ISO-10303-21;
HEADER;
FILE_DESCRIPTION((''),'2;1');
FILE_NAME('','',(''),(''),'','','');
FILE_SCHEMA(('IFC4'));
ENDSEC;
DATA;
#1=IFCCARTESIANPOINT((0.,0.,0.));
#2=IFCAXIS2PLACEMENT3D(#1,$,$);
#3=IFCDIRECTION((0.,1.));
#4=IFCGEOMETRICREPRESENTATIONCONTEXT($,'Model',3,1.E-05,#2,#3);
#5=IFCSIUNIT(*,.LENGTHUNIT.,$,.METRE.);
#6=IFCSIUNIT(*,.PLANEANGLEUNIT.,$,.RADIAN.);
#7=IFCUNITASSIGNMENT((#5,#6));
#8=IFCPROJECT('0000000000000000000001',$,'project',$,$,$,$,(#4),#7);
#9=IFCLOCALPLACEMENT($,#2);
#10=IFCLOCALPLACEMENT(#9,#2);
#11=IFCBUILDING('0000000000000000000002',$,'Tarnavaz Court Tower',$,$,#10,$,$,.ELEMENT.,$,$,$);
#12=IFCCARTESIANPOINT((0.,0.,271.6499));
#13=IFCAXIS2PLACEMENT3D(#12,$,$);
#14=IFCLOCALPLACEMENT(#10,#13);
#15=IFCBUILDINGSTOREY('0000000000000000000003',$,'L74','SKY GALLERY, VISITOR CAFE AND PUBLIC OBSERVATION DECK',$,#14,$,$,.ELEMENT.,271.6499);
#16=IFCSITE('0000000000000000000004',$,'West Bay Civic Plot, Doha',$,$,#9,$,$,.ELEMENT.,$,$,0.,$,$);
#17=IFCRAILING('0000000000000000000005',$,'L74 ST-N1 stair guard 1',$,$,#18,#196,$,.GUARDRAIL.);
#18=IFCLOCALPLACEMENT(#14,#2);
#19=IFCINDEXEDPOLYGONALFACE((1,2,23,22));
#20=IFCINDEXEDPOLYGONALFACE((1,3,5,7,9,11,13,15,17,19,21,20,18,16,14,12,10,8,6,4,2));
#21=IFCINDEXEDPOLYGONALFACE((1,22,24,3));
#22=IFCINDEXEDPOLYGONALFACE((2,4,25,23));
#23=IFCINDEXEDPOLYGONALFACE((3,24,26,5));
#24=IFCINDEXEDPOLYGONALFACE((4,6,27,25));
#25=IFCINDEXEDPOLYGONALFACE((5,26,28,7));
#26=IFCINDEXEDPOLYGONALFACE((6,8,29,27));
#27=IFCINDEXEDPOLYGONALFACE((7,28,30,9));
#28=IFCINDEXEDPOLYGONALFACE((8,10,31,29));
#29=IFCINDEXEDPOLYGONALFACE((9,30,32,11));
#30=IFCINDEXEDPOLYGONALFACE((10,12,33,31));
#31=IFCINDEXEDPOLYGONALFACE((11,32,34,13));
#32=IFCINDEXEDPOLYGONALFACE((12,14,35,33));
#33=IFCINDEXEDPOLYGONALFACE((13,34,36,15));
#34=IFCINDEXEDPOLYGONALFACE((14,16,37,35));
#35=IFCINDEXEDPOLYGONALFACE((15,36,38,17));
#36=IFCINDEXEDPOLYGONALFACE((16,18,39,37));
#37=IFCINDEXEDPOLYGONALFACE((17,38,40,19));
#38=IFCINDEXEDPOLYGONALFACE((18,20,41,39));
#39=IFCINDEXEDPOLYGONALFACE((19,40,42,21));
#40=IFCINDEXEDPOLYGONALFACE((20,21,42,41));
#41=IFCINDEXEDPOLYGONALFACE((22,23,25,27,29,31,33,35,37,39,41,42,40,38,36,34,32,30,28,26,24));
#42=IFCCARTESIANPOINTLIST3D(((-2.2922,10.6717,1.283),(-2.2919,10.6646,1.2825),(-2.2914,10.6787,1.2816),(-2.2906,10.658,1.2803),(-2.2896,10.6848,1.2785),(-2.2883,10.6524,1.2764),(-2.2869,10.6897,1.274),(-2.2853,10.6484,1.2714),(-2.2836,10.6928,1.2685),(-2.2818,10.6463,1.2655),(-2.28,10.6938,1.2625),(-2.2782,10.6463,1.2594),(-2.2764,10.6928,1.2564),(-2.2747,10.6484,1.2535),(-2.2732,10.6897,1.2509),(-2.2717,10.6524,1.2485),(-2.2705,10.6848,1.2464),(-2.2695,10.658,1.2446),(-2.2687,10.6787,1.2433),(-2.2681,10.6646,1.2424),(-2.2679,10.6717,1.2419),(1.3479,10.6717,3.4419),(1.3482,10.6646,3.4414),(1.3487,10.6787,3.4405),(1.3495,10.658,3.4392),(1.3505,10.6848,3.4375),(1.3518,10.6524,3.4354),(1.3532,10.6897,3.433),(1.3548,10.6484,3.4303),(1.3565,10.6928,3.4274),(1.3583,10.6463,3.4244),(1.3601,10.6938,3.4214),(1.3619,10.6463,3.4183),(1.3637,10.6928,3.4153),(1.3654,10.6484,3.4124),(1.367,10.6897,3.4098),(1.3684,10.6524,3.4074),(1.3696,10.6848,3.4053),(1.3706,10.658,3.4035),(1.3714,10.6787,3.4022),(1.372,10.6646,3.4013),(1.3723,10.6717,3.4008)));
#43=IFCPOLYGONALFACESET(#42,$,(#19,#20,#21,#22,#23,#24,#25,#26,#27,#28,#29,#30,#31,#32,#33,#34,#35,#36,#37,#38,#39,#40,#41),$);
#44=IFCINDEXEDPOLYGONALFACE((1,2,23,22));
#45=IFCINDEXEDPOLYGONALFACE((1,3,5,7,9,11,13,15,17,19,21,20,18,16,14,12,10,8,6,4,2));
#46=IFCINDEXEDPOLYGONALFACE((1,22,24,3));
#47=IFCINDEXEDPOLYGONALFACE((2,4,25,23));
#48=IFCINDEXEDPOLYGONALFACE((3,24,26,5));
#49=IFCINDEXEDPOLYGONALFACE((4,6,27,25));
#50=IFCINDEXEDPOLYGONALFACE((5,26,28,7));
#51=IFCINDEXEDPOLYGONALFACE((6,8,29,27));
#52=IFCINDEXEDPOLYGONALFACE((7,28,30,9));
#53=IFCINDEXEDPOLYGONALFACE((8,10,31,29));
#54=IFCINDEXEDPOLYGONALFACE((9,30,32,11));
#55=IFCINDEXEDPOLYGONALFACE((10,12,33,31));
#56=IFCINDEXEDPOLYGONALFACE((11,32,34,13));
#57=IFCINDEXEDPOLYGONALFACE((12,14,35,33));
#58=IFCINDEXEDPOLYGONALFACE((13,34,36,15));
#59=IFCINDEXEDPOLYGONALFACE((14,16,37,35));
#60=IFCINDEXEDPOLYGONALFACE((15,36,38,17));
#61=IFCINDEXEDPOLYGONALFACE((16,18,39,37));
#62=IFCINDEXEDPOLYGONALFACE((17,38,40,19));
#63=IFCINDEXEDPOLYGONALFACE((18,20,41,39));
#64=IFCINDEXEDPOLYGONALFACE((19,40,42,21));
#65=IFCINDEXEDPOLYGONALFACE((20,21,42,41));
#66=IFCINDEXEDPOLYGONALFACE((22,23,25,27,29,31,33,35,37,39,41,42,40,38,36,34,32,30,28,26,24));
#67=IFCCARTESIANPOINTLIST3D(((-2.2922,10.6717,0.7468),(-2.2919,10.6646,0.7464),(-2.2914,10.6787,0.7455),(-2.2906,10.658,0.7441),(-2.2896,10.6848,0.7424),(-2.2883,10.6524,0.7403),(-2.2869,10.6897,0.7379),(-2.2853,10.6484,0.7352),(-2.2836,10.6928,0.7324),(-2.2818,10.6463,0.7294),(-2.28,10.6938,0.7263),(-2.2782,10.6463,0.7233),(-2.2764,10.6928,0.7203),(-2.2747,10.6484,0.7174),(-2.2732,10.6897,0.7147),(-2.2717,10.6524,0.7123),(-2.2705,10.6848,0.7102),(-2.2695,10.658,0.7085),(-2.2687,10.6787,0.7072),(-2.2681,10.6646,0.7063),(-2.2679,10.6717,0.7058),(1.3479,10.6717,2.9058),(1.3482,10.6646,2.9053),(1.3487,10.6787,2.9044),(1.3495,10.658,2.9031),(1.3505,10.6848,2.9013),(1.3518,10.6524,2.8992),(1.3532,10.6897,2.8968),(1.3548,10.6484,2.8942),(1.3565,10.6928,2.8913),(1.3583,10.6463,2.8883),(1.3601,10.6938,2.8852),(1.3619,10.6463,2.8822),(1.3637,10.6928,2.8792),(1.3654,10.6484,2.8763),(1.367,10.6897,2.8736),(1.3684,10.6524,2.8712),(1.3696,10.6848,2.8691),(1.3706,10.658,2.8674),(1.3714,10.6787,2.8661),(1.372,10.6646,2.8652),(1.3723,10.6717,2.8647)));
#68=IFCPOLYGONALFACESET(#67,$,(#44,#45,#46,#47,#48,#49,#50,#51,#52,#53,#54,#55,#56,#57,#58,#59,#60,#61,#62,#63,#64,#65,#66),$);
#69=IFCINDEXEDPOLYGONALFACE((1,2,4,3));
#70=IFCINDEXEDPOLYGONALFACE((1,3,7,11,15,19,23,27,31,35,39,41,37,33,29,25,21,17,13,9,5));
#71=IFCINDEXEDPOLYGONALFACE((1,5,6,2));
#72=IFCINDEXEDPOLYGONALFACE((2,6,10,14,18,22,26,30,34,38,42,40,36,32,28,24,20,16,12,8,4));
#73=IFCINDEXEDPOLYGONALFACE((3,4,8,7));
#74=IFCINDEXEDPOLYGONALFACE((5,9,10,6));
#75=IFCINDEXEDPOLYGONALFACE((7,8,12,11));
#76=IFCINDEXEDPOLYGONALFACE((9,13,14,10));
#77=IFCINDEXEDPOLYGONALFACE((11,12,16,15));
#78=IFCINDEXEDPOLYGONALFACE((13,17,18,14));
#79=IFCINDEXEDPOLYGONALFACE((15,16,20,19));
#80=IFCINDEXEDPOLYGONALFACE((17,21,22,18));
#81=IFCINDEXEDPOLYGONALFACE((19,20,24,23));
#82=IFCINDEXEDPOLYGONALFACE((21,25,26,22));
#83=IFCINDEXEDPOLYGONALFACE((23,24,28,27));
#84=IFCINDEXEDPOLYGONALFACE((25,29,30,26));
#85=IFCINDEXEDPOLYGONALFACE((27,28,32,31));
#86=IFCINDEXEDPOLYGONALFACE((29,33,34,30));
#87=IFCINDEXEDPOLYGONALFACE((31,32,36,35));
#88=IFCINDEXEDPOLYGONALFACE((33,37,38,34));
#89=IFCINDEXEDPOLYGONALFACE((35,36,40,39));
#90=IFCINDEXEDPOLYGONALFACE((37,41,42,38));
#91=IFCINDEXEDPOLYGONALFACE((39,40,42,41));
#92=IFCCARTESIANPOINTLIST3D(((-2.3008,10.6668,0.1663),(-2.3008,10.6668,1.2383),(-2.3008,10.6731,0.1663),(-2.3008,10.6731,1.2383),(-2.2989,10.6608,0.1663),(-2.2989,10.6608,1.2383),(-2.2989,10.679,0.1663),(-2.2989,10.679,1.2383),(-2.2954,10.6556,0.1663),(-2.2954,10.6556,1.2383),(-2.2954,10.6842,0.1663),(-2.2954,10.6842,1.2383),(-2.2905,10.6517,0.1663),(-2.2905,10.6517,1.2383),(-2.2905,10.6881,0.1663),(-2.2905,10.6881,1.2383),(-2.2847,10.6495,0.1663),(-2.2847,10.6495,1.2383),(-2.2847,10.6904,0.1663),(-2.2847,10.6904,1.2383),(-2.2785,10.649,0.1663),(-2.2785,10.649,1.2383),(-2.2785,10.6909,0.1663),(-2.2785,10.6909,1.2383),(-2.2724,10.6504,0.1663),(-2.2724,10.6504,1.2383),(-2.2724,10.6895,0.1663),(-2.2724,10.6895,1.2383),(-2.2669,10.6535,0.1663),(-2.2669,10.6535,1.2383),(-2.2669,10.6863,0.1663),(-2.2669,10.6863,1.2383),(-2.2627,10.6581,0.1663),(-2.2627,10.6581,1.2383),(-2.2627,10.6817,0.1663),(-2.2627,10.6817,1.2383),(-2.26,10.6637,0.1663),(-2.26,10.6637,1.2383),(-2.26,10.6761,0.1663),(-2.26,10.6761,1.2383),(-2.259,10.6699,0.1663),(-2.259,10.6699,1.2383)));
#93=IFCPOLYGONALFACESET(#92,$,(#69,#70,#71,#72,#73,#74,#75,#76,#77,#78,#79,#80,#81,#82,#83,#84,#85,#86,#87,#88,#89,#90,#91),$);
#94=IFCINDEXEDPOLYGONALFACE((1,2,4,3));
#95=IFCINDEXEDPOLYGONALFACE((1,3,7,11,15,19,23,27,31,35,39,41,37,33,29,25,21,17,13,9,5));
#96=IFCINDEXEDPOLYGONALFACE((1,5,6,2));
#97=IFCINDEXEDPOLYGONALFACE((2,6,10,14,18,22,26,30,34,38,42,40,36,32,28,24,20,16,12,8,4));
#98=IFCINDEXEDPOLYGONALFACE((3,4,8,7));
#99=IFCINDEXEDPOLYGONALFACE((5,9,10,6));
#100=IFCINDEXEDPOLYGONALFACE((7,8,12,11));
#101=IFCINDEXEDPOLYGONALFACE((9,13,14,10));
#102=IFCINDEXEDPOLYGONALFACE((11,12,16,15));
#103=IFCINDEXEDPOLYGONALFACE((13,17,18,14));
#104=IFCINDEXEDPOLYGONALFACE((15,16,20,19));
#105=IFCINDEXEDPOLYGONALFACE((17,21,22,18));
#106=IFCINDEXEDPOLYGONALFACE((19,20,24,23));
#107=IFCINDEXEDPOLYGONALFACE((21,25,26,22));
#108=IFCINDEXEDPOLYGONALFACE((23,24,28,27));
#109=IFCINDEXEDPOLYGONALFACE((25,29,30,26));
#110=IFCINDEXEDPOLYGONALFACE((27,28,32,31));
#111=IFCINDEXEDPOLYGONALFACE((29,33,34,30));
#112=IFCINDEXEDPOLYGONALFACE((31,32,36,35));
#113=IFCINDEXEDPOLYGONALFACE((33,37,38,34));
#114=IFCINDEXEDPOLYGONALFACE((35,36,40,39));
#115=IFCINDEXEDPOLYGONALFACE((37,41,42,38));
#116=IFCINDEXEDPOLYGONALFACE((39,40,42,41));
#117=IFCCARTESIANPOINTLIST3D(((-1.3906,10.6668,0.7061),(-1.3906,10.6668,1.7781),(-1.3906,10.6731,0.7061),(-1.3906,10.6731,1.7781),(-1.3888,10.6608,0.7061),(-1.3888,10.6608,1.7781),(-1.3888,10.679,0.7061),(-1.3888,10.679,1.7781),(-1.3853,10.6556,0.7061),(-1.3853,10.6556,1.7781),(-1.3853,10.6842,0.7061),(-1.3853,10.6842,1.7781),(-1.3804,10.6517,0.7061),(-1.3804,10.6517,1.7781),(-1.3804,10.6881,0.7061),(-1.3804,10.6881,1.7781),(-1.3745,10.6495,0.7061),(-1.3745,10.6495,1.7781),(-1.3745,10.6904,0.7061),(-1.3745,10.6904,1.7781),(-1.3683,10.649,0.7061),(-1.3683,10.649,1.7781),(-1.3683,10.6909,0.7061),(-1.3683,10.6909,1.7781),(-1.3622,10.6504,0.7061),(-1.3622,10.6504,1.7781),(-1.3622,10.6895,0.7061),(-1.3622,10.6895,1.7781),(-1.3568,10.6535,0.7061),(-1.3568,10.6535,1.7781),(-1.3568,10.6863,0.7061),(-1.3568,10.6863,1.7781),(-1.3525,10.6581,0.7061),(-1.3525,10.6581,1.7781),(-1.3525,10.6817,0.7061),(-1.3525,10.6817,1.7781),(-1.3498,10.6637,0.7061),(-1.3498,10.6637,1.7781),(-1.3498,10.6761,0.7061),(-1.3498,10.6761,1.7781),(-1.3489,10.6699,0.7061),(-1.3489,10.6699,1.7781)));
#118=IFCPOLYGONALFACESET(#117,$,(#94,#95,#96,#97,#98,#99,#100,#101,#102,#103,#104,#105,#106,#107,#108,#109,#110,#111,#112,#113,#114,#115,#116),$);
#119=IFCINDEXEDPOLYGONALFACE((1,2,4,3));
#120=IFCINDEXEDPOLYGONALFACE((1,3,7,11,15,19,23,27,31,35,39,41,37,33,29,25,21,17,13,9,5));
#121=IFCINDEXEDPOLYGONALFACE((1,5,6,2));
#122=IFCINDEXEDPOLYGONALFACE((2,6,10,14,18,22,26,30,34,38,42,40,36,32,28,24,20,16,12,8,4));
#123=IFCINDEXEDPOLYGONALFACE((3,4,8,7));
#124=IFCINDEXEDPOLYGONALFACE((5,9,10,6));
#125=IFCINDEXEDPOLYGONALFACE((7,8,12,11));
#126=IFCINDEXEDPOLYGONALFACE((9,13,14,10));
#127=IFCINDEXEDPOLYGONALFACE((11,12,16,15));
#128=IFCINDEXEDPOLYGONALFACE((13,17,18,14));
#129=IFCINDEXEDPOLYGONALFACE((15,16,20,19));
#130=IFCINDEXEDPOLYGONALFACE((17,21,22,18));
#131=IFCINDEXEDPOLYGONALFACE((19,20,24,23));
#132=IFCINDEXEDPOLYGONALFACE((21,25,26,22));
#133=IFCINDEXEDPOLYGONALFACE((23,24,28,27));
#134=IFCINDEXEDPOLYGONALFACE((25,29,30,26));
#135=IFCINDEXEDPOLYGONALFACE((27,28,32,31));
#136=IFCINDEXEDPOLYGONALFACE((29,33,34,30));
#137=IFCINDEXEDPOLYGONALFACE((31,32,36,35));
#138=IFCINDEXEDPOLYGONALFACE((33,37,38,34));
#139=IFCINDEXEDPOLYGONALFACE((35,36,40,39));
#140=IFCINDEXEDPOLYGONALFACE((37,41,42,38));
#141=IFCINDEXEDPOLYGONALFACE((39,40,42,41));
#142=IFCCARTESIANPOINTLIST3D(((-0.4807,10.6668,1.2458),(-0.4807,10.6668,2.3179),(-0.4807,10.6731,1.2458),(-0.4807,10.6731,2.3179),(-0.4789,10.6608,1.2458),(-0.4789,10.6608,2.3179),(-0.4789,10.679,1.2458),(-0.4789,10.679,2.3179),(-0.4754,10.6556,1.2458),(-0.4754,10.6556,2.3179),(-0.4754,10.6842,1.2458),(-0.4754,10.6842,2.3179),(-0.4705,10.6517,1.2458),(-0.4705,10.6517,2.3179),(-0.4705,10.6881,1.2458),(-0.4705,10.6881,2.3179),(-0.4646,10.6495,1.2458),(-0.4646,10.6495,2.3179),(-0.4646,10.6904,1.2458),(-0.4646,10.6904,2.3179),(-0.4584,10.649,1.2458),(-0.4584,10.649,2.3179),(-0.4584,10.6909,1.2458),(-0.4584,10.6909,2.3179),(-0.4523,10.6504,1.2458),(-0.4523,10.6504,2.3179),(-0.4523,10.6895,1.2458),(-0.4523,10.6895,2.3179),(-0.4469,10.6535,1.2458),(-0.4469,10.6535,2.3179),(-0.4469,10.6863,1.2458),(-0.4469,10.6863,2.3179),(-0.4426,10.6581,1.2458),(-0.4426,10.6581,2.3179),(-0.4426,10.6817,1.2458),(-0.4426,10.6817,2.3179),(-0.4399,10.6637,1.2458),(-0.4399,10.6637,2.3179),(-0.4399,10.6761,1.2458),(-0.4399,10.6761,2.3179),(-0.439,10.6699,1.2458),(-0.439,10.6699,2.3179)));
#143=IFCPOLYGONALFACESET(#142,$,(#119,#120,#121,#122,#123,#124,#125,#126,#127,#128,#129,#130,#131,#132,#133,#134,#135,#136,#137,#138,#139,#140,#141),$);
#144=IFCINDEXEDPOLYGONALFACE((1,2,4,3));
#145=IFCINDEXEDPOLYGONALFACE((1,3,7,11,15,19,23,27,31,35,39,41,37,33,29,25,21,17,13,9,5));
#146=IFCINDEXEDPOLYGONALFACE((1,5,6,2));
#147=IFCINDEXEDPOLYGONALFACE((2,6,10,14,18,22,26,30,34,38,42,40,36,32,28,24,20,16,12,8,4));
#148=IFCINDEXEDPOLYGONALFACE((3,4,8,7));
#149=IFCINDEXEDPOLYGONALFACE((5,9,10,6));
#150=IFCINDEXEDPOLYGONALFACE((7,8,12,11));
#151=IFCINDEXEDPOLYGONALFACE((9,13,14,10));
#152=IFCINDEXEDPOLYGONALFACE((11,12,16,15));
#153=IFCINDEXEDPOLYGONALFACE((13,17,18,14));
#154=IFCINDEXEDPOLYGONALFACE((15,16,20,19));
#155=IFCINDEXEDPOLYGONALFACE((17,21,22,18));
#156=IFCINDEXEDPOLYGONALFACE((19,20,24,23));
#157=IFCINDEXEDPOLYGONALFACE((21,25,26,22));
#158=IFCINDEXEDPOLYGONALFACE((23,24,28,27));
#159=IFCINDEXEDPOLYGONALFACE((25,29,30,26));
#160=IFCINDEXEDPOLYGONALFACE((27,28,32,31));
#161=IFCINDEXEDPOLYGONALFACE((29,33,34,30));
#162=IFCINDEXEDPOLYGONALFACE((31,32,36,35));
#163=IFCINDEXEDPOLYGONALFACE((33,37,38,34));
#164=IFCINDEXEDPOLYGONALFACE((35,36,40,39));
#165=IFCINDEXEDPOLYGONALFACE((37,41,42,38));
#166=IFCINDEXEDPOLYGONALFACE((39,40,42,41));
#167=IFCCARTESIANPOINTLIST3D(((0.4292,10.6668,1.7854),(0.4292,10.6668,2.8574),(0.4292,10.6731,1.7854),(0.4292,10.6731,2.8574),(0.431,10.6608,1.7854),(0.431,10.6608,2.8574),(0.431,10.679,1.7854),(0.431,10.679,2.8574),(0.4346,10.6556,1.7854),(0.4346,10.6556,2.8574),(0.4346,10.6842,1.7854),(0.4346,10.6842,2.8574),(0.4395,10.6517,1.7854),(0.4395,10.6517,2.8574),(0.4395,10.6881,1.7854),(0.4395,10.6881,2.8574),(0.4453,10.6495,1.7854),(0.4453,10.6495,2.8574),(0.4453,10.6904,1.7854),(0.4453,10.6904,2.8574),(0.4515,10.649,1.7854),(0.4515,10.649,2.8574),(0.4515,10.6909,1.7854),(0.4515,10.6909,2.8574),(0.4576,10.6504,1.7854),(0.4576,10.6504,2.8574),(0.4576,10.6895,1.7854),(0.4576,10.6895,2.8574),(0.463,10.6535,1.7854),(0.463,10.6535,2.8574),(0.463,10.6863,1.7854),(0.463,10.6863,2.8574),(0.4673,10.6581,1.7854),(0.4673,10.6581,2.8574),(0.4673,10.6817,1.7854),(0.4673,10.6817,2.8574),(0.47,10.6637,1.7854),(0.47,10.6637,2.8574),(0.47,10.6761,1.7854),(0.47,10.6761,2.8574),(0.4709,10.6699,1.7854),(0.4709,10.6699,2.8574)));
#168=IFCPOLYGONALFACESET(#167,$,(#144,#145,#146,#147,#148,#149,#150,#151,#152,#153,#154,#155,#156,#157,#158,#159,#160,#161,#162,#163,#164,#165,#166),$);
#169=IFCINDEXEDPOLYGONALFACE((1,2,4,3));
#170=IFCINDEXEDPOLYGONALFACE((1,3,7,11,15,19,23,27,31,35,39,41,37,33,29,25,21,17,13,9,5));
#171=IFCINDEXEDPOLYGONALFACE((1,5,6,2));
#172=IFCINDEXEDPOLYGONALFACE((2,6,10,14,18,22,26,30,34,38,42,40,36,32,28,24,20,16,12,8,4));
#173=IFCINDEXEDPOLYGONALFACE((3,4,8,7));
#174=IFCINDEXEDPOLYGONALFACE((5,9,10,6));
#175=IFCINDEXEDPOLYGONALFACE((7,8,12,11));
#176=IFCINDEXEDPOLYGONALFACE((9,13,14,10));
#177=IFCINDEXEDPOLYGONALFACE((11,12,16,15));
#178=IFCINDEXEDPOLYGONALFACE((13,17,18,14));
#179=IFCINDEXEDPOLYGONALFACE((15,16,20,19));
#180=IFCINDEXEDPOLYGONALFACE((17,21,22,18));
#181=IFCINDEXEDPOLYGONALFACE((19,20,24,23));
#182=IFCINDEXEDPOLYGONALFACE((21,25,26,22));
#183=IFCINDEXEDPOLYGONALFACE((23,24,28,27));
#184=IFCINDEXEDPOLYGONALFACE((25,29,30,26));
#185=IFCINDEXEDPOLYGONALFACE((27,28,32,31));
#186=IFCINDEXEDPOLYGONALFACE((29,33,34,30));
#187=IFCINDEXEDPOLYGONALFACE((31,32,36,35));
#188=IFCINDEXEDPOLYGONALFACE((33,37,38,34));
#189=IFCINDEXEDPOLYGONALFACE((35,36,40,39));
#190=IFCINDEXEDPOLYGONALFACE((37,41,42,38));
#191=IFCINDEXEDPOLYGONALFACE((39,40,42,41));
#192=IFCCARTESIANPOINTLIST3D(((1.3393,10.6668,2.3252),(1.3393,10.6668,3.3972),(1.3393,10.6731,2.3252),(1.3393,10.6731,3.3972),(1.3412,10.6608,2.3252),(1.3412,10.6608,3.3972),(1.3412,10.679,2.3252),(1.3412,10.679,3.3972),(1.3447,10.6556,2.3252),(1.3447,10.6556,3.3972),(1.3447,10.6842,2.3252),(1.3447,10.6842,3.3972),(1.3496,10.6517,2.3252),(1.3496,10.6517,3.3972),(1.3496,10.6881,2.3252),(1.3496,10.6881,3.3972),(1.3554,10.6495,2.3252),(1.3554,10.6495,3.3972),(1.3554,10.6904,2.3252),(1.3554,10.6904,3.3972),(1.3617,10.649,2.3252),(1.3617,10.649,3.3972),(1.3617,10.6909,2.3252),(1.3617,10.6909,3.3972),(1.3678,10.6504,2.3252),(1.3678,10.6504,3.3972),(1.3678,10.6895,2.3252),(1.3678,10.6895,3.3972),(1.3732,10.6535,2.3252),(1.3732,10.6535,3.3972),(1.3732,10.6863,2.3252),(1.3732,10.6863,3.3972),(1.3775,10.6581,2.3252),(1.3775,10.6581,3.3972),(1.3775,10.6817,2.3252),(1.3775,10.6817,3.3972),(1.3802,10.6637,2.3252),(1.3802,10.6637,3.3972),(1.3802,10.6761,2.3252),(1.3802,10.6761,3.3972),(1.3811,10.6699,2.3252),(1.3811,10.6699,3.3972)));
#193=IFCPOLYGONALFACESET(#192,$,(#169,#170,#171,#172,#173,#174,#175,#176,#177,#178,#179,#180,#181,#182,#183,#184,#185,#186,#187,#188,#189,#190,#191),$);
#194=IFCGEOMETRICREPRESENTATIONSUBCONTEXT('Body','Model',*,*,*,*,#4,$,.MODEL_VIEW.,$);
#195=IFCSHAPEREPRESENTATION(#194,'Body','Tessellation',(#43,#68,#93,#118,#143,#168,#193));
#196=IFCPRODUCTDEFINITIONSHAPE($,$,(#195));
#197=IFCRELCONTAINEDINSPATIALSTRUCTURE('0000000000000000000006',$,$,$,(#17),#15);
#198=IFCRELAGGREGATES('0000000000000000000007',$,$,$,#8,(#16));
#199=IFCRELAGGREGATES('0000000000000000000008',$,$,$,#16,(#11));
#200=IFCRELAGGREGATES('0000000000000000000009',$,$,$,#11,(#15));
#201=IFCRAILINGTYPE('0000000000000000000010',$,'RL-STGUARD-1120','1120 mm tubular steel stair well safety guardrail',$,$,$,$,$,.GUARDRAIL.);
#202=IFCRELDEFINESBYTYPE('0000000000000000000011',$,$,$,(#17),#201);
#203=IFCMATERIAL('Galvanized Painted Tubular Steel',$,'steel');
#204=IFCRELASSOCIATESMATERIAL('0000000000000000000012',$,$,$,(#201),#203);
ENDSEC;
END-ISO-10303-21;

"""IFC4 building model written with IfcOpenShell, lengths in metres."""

from ifc_helpers import new_model, si_unit, direction, frame, origin, origin_2d, place, context, subcontext, project, spatial, circle, extrude, material, type_object, element, save


model = new_model("IFC4")

# Units and contexts
model_context = context("Model", 3, precision=1e-05, world=origin(), true_north=direction((0.0, 1.0)))
body_context = subcontext(model_context, "Body", "Model", "MODEL_VIEW")
ifc_project = project(units=[si_unit("LENGTHUNIT", "METRE"), si_unit("PLANEANGLEUNIT", "RADIAN")], contexts=[model_context])

# Site, building, storey
site_placement = place(None, origin())
site = spatial("IfcSite", under=ifc_project, at=site_placement, Name="West Bay Civic Plot, Doha", CompositionType="ELEMENT", RefElevation=0.0)
building_placement = place(site_placement, origin())
building = spatial("IfcBuilding", under=site, at=building_placement, Name="Tarnavaz Court Tower", CompositionType="ELEMENT")
storey_placement = place(building_placement, frame((0.0, 0.0, 271.6499)))
storey = spatial("IfcBuildingStorey", under=building, at=storey_placement, Name="L74", Description="SKY GALLERY, VISITOR CAFE AND PUBLIC OBSERVATION DECK", CompositionType="ELEMENT", Elevation=271.6499)

# Railing
ifc_material_1 = material(Name="Galvanized Painted Tubular Steel", Category="steel")
railing_type_1 = type_object("IfcRailingType", Name="RL-STGUARD-1120", Description="1120 mm tubular steel stair well safety guardrail", PredefinedType="GUARDRAIL", material=ifc_material_1)
railing_1_placement = place(storey_placement, frame((-2.28, 10.6699, 0.1663)))
element("IfcRailing", 1, at=railing_1_placement, inside=storey, type_object=railing_type_1, Name="L74 ST-N1 stair guard 1", PredefinedType="GUARDRAIL", context=body_context, shape_type="SweptSolid", body=[
    extrude(circle(Radius=0.0239, at=origin_2d()), frame((0.0, 0.0, 1.0962), z_axis=(0.860103, 0.0, 0.51012), x_axis=(0.0, 1.0, 0.0)), (0.0, 0.0, 1.0), 4.2322),
    extrude(circle(Radius=0.0239, at=origin_2d()), frame((0.0, 0.0, 0.5601), z_axis=(0.860103, 0.0, 0.51012), x_axis=(0.0, 1.0, 0.0)), (0.0, 0.0, 1.0), 4.2322),
    extrude(circle(Radius=0.021, at=origin_2d()), origin(), (0.0, 0.0, 1.0), 1.072),
    extrude(circle(Radius=0.021, at=origin_2d()), frame((0.9102, 0.0, 0.5398)), (0.0, 0.0, 1.0), 1.072),
    extrude(circle(Radius=0.021, at=origin_2d()), frame((1.8201, 0.0, 1.0796)), (0.0, 0.0, 1.0), 1.072),
    extrude(circle(Radius=0.021, at=origin_2d()), frame((2.73, 0.0, 1.6191)), (0.0, 0.0, 1.0), 1.072),
    extrude(circle(Radius=0.021, at=origin_2d()), frame((3.6401, 0.0, 2.1589)), (0.0, 0.0, 1.0), 1.072),
])

save(model, "model.ifc")
